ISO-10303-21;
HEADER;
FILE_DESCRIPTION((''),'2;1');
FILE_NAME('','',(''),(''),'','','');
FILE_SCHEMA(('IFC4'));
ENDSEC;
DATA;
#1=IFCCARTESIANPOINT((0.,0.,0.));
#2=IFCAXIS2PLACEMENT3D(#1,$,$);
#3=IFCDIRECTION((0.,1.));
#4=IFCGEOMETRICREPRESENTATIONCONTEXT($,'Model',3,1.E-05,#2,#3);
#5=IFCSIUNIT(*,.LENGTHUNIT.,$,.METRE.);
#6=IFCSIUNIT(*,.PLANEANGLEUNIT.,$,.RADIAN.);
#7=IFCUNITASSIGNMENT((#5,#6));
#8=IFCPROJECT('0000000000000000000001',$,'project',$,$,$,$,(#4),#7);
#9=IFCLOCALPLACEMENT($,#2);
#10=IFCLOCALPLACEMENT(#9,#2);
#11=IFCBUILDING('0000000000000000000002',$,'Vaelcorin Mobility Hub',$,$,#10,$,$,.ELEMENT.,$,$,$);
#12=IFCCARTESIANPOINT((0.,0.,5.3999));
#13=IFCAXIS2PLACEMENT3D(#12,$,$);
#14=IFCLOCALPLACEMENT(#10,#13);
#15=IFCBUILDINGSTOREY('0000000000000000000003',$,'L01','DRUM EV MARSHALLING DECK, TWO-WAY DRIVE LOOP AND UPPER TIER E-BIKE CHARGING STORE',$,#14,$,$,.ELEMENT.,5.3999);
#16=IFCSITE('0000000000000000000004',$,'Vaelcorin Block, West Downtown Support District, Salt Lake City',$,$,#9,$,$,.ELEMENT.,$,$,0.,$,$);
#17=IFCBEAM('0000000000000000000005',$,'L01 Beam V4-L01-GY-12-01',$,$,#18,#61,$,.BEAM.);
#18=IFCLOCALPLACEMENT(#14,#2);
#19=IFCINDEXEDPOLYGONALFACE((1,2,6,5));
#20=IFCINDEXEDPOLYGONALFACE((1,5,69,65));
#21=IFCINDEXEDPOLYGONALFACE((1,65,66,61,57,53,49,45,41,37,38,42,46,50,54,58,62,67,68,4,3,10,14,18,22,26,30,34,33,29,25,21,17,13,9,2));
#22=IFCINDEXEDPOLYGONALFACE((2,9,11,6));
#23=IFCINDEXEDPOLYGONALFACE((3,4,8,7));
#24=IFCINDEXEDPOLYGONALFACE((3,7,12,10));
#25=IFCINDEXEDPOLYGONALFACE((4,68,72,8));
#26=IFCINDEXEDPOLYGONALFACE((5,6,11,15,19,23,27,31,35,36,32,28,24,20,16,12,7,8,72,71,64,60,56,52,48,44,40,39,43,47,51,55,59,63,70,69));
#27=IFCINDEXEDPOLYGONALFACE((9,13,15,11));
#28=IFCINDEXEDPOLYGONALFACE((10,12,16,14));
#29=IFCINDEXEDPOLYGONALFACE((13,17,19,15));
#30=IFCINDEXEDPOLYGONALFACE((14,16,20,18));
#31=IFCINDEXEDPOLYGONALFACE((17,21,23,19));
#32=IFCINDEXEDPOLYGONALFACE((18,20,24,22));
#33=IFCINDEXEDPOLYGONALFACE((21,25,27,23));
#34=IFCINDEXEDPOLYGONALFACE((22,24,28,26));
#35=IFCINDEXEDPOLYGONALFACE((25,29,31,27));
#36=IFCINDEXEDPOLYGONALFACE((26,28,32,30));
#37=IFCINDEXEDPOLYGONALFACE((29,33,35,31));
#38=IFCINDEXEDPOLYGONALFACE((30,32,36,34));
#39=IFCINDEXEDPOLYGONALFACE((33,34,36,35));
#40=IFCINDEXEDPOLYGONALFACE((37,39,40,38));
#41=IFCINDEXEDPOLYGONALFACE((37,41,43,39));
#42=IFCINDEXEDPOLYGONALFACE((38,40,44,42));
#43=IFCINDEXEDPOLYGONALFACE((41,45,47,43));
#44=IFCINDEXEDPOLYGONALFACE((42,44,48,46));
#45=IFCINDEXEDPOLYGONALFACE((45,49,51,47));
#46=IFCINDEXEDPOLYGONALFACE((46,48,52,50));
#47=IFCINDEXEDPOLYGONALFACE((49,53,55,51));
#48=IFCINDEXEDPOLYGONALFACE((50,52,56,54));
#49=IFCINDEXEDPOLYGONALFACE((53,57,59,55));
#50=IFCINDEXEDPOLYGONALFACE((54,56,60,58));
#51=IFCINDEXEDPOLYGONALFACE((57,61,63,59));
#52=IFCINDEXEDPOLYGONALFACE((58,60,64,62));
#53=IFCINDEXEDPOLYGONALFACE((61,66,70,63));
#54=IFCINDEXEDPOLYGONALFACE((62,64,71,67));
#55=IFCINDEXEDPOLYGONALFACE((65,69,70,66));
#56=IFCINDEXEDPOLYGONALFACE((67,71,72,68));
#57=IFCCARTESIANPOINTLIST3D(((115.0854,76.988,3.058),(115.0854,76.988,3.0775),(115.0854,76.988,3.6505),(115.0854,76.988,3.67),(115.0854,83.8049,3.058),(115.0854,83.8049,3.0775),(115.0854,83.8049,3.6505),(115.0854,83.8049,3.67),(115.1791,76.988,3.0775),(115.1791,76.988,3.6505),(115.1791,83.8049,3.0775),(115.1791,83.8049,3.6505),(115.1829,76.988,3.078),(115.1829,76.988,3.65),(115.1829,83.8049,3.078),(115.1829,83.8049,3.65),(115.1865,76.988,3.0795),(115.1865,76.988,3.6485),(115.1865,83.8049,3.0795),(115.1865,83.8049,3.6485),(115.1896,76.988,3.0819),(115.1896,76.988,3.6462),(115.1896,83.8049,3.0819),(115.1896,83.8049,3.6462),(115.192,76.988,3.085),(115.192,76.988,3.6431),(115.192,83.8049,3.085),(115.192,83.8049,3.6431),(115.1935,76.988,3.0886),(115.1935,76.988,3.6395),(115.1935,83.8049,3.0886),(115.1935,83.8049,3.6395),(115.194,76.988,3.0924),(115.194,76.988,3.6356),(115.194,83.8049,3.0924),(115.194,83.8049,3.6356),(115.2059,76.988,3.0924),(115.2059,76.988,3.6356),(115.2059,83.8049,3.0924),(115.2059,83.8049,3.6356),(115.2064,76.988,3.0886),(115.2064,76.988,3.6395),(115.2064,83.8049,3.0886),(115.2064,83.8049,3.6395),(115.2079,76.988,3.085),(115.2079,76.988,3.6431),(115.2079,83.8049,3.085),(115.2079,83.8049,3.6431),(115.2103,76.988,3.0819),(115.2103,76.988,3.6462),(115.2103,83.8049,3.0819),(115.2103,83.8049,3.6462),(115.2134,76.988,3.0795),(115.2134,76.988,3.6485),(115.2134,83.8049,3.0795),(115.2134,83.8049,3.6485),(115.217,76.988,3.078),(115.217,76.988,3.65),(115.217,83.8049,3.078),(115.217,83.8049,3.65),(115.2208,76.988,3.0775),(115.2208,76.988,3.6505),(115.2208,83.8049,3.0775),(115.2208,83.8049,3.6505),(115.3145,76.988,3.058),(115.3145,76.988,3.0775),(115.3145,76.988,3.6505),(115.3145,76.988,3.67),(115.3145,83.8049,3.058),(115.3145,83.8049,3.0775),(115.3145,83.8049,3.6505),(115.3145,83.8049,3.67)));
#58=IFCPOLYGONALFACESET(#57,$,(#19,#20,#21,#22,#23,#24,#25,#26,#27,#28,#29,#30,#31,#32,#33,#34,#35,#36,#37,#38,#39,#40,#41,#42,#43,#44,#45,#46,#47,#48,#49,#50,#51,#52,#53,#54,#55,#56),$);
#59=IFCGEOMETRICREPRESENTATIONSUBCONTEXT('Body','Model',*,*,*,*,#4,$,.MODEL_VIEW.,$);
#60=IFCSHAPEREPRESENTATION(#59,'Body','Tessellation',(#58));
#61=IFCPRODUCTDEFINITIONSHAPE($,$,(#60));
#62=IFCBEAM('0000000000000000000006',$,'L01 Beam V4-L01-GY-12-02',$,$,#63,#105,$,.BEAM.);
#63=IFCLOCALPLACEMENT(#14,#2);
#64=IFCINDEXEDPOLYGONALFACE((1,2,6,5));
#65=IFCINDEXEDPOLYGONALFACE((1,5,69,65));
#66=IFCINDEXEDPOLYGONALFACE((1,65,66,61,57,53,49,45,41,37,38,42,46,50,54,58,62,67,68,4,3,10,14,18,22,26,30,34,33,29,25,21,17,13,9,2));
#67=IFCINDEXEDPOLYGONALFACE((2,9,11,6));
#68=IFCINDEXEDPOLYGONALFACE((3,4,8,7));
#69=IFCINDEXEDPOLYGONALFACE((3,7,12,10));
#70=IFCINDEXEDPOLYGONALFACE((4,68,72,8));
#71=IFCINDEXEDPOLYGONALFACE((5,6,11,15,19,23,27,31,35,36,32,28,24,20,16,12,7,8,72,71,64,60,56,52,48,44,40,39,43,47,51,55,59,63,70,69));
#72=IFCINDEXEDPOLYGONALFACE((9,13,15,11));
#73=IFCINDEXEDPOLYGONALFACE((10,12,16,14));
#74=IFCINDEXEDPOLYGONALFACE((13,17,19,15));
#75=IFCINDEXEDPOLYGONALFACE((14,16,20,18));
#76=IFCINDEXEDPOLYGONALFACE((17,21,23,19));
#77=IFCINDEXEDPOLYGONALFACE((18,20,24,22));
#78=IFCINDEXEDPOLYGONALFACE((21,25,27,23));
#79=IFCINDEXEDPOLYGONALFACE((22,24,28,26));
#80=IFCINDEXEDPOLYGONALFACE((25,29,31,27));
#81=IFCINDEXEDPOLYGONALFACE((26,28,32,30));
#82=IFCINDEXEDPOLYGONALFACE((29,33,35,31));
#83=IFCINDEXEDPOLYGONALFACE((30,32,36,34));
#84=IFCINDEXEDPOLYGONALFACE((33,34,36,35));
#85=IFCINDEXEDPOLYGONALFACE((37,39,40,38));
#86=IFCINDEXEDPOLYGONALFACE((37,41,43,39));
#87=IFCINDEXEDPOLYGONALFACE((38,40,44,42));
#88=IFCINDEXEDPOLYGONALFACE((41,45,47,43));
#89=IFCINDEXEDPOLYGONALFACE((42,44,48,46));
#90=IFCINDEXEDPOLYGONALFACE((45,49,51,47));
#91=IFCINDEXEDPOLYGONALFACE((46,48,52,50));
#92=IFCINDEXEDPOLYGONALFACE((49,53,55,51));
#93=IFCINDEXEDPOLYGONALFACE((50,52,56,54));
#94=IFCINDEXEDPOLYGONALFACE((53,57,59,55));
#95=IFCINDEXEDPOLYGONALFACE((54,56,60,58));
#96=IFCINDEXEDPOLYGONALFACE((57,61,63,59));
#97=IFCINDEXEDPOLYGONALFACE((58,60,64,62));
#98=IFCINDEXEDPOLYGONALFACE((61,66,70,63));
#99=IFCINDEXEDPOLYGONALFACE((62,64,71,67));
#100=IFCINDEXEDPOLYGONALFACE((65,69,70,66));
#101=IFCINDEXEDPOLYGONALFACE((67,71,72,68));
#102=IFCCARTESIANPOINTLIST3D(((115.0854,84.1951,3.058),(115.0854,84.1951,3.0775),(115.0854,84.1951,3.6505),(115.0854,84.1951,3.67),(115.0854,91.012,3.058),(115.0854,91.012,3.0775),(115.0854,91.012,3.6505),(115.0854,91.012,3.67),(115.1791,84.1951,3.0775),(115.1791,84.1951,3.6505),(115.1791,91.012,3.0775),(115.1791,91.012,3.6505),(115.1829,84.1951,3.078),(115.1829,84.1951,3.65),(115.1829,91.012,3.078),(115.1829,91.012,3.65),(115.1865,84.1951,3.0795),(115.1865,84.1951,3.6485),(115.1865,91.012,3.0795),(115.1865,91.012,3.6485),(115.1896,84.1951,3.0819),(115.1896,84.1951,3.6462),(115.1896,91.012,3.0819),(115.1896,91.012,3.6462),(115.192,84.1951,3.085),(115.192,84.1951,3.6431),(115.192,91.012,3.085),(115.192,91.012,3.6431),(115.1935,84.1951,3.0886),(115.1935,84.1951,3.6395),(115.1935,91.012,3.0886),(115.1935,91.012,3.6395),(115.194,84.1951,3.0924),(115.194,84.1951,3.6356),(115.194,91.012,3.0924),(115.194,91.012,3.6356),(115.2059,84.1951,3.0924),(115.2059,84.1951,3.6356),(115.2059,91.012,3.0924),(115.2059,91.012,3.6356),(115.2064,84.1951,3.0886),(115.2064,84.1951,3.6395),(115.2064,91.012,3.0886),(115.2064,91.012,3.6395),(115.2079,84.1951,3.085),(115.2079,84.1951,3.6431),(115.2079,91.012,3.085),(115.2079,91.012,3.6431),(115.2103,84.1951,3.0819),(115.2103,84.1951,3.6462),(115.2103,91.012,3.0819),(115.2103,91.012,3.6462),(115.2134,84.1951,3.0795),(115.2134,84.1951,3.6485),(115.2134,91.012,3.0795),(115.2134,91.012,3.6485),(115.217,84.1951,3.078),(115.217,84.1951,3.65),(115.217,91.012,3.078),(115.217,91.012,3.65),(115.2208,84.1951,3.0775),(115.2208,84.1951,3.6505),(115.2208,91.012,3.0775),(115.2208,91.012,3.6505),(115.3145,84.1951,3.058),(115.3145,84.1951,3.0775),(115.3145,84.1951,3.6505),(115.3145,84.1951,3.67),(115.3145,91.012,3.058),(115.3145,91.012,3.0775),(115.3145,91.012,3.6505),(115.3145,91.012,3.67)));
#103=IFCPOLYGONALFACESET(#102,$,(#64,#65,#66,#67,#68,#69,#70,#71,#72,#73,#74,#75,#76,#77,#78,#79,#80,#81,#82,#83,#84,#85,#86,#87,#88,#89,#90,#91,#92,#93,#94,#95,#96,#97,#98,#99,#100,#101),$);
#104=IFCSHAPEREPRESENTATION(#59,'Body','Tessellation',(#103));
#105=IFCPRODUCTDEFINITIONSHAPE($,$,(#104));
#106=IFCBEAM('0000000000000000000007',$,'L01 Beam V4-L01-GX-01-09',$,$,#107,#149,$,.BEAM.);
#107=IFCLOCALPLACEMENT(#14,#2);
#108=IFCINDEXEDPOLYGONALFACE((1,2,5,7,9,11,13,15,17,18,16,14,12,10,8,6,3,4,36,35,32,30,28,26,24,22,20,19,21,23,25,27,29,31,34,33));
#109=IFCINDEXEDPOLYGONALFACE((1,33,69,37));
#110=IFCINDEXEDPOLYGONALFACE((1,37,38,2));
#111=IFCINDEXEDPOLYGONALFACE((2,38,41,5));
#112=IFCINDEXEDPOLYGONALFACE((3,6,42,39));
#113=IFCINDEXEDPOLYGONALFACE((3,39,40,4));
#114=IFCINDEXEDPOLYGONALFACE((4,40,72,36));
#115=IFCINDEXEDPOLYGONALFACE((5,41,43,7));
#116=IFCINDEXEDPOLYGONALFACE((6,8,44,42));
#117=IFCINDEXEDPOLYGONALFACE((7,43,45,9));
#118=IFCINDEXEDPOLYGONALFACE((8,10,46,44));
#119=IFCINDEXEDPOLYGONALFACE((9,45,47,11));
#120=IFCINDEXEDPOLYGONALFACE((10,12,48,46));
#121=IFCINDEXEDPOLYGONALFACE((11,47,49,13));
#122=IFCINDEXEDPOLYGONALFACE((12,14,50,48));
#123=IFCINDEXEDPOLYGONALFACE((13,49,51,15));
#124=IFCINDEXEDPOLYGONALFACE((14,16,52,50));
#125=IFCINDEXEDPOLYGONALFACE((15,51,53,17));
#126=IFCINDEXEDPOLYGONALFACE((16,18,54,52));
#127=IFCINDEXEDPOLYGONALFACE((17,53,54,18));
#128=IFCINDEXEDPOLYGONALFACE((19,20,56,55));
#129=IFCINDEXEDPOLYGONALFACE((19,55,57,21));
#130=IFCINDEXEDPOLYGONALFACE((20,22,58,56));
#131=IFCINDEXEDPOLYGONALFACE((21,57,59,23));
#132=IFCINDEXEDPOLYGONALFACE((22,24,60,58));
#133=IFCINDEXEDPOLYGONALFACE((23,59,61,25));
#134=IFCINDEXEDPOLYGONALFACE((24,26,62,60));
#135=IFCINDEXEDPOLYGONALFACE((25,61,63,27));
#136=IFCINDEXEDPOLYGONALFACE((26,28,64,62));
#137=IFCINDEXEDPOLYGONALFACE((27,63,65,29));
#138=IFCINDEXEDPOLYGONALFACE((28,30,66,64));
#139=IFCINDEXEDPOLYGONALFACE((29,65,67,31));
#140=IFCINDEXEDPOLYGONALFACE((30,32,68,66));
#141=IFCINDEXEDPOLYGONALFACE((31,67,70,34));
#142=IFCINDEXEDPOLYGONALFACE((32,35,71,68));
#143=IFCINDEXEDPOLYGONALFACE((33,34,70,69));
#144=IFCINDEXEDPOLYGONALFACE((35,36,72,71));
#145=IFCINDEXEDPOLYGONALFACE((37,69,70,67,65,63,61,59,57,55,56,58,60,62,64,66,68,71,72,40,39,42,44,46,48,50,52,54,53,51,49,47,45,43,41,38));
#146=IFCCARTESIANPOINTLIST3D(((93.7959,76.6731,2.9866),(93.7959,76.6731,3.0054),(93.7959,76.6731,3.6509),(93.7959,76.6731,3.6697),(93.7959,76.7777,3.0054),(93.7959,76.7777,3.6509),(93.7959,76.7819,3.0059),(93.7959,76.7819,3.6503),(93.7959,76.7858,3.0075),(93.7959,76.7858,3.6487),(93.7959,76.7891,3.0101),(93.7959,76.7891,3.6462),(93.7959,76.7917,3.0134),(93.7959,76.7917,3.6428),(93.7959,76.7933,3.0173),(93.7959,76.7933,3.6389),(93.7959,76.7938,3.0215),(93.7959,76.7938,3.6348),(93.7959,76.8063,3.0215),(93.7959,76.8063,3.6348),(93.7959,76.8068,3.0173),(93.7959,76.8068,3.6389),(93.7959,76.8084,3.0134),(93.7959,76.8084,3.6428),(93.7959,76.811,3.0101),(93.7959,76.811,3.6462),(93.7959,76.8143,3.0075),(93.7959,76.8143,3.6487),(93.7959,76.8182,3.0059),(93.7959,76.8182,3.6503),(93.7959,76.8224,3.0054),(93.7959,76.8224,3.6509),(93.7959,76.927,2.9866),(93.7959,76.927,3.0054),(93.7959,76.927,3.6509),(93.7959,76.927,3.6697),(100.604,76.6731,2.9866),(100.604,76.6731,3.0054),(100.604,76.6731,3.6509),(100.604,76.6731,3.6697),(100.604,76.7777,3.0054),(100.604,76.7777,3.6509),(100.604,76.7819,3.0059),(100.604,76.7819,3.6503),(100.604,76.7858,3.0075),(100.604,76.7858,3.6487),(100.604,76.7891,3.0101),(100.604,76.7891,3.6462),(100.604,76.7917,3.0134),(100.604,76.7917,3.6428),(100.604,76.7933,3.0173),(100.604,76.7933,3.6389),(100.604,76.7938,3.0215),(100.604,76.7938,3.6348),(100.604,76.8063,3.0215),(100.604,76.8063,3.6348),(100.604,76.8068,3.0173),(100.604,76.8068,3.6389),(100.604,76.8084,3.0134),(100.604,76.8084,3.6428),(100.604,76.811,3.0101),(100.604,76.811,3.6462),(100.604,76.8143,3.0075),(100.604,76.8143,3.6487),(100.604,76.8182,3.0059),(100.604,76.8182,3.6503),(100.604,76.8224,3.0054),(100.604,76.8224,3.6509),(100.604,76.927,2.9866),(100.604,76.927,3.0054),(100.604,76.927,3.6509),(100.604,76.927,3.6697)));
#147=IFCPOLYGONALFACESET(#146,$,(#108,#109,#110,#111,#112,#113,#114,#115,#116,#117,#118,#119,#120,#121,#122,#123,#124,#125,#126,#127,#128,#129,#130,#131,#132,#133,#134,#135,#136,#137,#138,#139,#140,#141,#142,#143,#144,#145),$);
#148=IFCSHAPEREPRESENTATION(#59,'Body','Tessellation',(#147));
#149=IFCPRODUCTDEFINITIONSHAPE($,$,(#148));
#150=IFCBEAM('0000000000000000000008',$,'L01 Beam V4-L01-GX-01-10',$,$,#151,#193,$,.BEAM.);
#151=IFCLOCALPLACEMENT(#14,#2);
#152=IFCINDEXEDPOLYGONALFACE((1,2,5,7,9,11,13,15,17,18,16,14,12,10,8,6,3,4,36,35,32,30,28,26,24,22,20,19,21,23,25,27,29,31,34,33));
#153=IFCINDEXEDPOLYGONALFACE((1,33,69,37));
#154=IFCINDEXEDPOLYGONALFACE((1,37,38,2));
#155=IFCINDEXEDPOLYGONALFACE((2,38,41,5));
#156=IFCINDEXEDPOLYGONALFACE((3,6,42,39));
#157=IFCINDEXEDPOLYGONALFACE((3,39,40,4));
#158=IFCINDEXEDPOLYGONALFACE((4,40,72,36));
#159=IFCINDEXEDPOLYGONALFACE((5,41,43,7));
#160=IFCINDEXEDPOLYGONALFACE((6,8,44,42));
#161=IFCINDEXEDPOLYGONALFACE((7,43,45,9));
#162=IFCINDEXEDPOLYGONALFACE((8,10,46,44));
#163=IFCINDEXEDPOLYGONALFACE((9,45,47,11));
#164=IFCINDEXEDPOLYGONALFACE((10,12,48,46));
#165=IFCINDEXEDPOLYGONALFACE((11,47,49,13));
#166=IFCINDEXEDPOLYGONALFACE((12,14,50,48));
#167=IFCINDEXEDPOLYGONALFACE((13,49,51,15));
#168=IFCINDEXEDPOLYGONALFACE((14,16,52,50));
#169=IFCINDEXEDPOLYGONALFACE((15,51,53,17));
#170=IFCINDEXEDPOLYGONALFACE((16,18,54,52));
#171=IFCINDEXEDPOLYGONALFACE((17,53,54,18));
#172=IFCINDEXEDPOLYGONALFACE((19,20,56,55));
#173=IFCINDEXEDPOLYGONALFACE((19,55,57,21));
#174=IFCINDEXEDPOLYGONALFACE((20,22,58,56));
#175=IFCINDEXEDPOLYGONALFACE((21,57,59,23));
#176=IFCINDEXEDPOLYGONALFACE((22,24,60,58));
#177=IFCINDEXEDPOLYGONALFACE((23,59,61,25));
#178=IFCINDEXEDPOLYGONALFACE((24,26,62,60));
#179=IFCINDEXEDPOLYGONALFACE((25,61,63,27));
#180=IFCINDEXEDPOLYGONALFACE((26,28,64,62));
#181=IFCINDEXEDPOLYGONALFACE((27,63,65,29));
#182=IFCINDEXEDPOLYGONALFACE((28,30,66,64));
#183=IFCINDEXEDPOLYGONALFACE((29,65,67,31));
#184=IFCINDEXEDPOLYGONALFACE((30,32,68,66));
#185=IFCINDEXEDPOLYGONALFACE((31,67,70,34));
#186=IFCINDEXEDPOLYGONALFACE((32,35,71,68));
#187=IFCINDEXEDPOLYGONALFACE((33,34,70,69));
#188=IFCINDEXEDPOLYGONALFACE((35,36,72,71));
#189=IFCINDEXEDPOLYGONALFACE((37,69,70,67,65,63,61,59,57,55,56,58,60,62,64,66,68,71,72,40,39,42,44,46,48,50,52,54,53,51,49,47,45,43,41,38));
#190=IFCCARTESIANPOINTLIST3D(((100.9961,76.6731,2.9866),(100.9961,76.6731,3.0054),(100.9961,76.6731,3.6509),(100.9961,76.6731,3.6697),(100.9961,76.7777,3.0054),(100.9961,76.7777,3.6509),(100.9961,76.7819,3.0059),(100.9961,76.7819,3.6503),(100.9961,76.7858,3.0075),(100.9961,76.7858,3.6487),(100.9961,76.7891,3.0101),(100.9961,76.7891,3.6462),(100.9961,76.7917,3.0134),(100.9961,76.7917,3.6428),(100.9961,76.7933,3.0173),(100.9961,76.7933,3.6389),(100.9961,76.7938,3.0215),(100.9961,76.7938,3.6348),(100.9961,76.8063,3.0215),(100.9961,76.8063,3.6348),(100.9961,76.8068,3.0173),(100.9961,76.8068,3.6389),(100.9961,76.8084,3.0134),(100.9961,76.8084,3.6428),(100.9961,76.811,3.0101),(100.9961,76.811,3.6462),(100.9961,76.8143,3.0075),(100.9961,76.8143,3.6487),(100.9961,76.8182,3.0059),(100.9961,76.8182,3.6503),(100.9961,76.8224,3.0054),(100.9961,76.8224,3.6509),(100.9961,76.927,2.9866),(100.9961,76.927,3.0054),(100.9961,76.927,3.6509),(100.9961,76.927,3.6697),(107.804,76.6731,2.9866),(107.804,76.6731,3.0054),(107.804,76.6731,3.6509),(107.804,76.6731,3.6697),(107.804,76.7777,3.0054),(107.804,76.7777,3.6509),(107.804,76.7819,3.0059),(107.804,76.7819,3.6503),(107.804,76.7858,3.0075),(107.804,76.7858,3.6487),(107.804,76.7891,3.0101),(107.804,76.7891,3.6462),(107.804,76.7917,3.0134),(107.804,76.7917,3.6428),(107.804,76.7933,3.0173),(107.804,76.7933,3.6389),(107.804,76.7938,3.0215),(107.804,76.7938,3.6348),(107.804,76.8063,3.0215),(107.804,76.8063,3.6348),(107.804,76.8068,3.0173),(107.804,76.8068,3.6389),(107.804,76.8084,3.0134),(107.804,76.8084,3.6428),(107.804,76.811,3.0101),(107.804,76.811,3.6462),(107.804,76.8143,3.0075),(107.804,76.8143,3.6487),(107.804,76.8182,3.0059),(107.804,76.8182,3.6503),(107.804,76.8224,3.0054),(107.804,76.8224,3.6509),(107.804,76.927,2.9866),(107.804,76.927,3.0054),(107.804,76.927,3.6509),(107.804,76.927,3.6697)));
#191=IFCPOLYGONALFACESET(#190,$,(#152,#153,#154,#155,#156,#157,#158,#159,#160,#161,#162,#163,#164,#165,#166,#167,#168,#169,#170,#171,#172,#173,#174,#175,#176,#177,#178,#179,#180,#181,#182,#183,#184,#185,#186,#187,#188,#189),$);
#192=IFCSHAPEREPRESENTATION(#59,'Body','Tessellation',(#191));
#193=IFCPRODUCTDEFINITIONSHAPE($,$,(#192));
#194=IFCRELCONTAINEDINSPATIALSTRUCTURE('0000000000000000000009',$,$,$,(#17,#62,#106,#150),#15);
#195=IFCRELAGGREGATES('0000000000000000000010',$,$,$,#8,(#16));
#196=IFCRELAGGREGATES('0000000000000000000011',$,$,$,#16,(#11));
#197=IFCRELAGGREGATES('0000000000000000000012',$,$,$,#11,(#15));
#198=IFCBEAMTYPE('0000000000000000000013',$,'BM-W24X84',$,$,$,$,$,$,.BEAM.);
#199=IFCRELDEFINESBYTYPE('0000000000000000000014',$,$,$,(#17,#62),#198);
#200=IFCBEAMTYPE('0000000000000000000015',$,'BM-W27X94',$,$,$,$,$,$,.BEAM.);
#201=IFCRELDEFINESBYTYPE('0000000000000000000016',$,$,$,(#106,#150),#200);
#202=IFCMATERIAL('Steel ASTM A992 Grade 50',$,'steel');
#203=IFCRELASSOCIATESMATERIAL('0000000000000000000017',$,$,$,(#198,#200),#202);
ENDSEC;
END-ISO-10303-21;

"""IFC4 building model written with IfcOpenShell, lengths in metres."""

from ifc_helpers import new_model, si_unit, direction, frame, origin, origin_2d, place, context, subcontext, project, spatial, i_section, extrude, material, material_profile, profile_set, type_object, element, save


model = new_model("IFC4")

# Units and contexts
model_context = context("Model", 3, precision=1e-05, world=origin(), true_north=direction((0.0, 1.0)))
body_context = subcontext(model_context, "Body", "Model", "MODEL_VIEW")
ifc_project = project(units=[si_unit("LENGTHUNIT", "METRE"), si_unit("PLANEANGLEUNIT", "RADIAN")], contexts=[model_context])

# Site, building, storey
site_placement = place(None, origin())
site = spatial("IfcSite", under=ifc_project, at=site_placement, Name="Vaelcorin Block, West Downtown Support District, Salt Lake City", CompositionType="ELEMENT", RefElevation=0.0)
building_placement = place(site_placement, origin())
building = spatial("IfcBuilding", under=site, at=building_placement, Name="Vaelcorin Mobility Hub", CompositionType="ELEMENT")
storey_placement = place(building_placement, frame((0.0, 0.0, 5.3999)))
storey = spatial("IfcBuildingStorey", under=building, at=storey_placement, Name="L01", Description="DRUM EV MARSHALLING DECK, TWO-WAY DRIVE LOOP AND UPPER TIER E-BIKE CHARGING STORE", CompositionType="ELEMENT", Elevation=5.3999)

# Shared definitions
ifc_material_1 = material(Name="Steel ASTM A992 Grade 50", Category="steel")

# Beams
ifc_material_profile_1 = material_profile(ifc_material_1, i_section(OverallWidth=0.229, OverallDepth=0.6121, WebThickness=0.012, FlangeThickness=0.0195, FilletRadius=0.0149, at=origin_2d()), Name="W24X84")
ifc_profile_set_1 = profile_set([ifc_material_profile_1], Name="Steel ASTM A992 Grade 50")
beam_type_1 = type_object("IfcBeamType", Name="BM-W24X84", PredefinedType="BEAM", material=ifc_profile_set_1)
for number, where, z_axis, x_axis, name in (
    (1, (115.2, 76.988, 3.364), (0.0, 1.0, 0.0), (-1.0, 0.0, 0.0), "L01 Beam V4-L01-GY-12-01"),
    (2, (115.2, 84.1951, 3.364), (0.0, 1.0, 0.0), (-1.0, 0.0, 0.0), "L01 Beam V4-L01-GY-12-02"),
):
    element("IfcBeam", number, at=place(storey_placement, frame(where, z_axis=z_axis, x_axis=x_axis)), inside=storey, type_object=beam_type_1, Name=name, PredefinedType="BEAM", context=body_context, shape_type="SweptSolid", body=[
        extrude(i_section(OverallWidth=0.229, OverallDepth=0.6121, WebThickness=0.012, FlangeThickness=0.0195, FilletRadius=0.0149, at=origin_2d()), origin(), (0.0, 0.0, 1.0), 6.8169),
    ])
ifc_material_profile_2 = material_profile(ifc_material_1, i_section(OverallWidth=0.2539, OverallDepth=0.6831, WebThickness=0.0125, FlangeThickness=0.0188, FilletRadius=0.0161, at=origin_2d()), Name="W27X94")
ifc_profile_set_2 = profile_set([ifc_material_profile_2], Name="Steel ASTM A992 Grade 50")
beam_type_2 = type_object("IfcBeamType", Name="BM-W27X94", PredefinedType="BEAM", material=ifc_profile_set_2)
beam_placement = place(storey_placement, frame((93.7959, 76.8, 3.3281), z_axis=(1.0, 0.0, 0.0), x_axis=(0.0, 1.0, 0.0)))
element("IfcBeam", 3, at=beam_placement, inside=storey, type_object=beam_type_2, Name="L01 Beam V4-L01-GX-01-09", PredefinedType="BEAM", context=body_context, shape_type="SweptSolid", body=[
    extrude(i_section(OverallWidth=0.2539, OverallDepth=0.6831, WebThickness=0.0125, FlangeThickness=0.0188, FilletRadius=0.0161, at=origin_2d()), origin(), (0.0, 0.0, 1.0), 6.8081),
])
for number, where, z_axis, x_axis, name in (
    (4, (100.9961, 76.8, 3.3281), (1.0, 0.0, 0.0), (0.0, 1.0, 0.0), "L01 Beam V4-L01-GX-01-10"),
):
    element("IfcBeam", number, at=place(storey_placement, frame(where, z_axis=z_axis, x_axis=x_axis)), inside=storey, type_object=beam_type_2, Name=name, PredefinedType="BEAM", context=body_context, shape_type="SweptSolid", body=[
        extrude(i_section(OverallWidth=0.2539, OverallDepth=0.6831, WebThickness=0.0125, FlangeThickness=0.0188, FilletRadius=0.0161, at=origin_2d()), origin(), (0.0, 0.0, 1.0), 6.8079),
    ])

save(model, "model.ifc")
